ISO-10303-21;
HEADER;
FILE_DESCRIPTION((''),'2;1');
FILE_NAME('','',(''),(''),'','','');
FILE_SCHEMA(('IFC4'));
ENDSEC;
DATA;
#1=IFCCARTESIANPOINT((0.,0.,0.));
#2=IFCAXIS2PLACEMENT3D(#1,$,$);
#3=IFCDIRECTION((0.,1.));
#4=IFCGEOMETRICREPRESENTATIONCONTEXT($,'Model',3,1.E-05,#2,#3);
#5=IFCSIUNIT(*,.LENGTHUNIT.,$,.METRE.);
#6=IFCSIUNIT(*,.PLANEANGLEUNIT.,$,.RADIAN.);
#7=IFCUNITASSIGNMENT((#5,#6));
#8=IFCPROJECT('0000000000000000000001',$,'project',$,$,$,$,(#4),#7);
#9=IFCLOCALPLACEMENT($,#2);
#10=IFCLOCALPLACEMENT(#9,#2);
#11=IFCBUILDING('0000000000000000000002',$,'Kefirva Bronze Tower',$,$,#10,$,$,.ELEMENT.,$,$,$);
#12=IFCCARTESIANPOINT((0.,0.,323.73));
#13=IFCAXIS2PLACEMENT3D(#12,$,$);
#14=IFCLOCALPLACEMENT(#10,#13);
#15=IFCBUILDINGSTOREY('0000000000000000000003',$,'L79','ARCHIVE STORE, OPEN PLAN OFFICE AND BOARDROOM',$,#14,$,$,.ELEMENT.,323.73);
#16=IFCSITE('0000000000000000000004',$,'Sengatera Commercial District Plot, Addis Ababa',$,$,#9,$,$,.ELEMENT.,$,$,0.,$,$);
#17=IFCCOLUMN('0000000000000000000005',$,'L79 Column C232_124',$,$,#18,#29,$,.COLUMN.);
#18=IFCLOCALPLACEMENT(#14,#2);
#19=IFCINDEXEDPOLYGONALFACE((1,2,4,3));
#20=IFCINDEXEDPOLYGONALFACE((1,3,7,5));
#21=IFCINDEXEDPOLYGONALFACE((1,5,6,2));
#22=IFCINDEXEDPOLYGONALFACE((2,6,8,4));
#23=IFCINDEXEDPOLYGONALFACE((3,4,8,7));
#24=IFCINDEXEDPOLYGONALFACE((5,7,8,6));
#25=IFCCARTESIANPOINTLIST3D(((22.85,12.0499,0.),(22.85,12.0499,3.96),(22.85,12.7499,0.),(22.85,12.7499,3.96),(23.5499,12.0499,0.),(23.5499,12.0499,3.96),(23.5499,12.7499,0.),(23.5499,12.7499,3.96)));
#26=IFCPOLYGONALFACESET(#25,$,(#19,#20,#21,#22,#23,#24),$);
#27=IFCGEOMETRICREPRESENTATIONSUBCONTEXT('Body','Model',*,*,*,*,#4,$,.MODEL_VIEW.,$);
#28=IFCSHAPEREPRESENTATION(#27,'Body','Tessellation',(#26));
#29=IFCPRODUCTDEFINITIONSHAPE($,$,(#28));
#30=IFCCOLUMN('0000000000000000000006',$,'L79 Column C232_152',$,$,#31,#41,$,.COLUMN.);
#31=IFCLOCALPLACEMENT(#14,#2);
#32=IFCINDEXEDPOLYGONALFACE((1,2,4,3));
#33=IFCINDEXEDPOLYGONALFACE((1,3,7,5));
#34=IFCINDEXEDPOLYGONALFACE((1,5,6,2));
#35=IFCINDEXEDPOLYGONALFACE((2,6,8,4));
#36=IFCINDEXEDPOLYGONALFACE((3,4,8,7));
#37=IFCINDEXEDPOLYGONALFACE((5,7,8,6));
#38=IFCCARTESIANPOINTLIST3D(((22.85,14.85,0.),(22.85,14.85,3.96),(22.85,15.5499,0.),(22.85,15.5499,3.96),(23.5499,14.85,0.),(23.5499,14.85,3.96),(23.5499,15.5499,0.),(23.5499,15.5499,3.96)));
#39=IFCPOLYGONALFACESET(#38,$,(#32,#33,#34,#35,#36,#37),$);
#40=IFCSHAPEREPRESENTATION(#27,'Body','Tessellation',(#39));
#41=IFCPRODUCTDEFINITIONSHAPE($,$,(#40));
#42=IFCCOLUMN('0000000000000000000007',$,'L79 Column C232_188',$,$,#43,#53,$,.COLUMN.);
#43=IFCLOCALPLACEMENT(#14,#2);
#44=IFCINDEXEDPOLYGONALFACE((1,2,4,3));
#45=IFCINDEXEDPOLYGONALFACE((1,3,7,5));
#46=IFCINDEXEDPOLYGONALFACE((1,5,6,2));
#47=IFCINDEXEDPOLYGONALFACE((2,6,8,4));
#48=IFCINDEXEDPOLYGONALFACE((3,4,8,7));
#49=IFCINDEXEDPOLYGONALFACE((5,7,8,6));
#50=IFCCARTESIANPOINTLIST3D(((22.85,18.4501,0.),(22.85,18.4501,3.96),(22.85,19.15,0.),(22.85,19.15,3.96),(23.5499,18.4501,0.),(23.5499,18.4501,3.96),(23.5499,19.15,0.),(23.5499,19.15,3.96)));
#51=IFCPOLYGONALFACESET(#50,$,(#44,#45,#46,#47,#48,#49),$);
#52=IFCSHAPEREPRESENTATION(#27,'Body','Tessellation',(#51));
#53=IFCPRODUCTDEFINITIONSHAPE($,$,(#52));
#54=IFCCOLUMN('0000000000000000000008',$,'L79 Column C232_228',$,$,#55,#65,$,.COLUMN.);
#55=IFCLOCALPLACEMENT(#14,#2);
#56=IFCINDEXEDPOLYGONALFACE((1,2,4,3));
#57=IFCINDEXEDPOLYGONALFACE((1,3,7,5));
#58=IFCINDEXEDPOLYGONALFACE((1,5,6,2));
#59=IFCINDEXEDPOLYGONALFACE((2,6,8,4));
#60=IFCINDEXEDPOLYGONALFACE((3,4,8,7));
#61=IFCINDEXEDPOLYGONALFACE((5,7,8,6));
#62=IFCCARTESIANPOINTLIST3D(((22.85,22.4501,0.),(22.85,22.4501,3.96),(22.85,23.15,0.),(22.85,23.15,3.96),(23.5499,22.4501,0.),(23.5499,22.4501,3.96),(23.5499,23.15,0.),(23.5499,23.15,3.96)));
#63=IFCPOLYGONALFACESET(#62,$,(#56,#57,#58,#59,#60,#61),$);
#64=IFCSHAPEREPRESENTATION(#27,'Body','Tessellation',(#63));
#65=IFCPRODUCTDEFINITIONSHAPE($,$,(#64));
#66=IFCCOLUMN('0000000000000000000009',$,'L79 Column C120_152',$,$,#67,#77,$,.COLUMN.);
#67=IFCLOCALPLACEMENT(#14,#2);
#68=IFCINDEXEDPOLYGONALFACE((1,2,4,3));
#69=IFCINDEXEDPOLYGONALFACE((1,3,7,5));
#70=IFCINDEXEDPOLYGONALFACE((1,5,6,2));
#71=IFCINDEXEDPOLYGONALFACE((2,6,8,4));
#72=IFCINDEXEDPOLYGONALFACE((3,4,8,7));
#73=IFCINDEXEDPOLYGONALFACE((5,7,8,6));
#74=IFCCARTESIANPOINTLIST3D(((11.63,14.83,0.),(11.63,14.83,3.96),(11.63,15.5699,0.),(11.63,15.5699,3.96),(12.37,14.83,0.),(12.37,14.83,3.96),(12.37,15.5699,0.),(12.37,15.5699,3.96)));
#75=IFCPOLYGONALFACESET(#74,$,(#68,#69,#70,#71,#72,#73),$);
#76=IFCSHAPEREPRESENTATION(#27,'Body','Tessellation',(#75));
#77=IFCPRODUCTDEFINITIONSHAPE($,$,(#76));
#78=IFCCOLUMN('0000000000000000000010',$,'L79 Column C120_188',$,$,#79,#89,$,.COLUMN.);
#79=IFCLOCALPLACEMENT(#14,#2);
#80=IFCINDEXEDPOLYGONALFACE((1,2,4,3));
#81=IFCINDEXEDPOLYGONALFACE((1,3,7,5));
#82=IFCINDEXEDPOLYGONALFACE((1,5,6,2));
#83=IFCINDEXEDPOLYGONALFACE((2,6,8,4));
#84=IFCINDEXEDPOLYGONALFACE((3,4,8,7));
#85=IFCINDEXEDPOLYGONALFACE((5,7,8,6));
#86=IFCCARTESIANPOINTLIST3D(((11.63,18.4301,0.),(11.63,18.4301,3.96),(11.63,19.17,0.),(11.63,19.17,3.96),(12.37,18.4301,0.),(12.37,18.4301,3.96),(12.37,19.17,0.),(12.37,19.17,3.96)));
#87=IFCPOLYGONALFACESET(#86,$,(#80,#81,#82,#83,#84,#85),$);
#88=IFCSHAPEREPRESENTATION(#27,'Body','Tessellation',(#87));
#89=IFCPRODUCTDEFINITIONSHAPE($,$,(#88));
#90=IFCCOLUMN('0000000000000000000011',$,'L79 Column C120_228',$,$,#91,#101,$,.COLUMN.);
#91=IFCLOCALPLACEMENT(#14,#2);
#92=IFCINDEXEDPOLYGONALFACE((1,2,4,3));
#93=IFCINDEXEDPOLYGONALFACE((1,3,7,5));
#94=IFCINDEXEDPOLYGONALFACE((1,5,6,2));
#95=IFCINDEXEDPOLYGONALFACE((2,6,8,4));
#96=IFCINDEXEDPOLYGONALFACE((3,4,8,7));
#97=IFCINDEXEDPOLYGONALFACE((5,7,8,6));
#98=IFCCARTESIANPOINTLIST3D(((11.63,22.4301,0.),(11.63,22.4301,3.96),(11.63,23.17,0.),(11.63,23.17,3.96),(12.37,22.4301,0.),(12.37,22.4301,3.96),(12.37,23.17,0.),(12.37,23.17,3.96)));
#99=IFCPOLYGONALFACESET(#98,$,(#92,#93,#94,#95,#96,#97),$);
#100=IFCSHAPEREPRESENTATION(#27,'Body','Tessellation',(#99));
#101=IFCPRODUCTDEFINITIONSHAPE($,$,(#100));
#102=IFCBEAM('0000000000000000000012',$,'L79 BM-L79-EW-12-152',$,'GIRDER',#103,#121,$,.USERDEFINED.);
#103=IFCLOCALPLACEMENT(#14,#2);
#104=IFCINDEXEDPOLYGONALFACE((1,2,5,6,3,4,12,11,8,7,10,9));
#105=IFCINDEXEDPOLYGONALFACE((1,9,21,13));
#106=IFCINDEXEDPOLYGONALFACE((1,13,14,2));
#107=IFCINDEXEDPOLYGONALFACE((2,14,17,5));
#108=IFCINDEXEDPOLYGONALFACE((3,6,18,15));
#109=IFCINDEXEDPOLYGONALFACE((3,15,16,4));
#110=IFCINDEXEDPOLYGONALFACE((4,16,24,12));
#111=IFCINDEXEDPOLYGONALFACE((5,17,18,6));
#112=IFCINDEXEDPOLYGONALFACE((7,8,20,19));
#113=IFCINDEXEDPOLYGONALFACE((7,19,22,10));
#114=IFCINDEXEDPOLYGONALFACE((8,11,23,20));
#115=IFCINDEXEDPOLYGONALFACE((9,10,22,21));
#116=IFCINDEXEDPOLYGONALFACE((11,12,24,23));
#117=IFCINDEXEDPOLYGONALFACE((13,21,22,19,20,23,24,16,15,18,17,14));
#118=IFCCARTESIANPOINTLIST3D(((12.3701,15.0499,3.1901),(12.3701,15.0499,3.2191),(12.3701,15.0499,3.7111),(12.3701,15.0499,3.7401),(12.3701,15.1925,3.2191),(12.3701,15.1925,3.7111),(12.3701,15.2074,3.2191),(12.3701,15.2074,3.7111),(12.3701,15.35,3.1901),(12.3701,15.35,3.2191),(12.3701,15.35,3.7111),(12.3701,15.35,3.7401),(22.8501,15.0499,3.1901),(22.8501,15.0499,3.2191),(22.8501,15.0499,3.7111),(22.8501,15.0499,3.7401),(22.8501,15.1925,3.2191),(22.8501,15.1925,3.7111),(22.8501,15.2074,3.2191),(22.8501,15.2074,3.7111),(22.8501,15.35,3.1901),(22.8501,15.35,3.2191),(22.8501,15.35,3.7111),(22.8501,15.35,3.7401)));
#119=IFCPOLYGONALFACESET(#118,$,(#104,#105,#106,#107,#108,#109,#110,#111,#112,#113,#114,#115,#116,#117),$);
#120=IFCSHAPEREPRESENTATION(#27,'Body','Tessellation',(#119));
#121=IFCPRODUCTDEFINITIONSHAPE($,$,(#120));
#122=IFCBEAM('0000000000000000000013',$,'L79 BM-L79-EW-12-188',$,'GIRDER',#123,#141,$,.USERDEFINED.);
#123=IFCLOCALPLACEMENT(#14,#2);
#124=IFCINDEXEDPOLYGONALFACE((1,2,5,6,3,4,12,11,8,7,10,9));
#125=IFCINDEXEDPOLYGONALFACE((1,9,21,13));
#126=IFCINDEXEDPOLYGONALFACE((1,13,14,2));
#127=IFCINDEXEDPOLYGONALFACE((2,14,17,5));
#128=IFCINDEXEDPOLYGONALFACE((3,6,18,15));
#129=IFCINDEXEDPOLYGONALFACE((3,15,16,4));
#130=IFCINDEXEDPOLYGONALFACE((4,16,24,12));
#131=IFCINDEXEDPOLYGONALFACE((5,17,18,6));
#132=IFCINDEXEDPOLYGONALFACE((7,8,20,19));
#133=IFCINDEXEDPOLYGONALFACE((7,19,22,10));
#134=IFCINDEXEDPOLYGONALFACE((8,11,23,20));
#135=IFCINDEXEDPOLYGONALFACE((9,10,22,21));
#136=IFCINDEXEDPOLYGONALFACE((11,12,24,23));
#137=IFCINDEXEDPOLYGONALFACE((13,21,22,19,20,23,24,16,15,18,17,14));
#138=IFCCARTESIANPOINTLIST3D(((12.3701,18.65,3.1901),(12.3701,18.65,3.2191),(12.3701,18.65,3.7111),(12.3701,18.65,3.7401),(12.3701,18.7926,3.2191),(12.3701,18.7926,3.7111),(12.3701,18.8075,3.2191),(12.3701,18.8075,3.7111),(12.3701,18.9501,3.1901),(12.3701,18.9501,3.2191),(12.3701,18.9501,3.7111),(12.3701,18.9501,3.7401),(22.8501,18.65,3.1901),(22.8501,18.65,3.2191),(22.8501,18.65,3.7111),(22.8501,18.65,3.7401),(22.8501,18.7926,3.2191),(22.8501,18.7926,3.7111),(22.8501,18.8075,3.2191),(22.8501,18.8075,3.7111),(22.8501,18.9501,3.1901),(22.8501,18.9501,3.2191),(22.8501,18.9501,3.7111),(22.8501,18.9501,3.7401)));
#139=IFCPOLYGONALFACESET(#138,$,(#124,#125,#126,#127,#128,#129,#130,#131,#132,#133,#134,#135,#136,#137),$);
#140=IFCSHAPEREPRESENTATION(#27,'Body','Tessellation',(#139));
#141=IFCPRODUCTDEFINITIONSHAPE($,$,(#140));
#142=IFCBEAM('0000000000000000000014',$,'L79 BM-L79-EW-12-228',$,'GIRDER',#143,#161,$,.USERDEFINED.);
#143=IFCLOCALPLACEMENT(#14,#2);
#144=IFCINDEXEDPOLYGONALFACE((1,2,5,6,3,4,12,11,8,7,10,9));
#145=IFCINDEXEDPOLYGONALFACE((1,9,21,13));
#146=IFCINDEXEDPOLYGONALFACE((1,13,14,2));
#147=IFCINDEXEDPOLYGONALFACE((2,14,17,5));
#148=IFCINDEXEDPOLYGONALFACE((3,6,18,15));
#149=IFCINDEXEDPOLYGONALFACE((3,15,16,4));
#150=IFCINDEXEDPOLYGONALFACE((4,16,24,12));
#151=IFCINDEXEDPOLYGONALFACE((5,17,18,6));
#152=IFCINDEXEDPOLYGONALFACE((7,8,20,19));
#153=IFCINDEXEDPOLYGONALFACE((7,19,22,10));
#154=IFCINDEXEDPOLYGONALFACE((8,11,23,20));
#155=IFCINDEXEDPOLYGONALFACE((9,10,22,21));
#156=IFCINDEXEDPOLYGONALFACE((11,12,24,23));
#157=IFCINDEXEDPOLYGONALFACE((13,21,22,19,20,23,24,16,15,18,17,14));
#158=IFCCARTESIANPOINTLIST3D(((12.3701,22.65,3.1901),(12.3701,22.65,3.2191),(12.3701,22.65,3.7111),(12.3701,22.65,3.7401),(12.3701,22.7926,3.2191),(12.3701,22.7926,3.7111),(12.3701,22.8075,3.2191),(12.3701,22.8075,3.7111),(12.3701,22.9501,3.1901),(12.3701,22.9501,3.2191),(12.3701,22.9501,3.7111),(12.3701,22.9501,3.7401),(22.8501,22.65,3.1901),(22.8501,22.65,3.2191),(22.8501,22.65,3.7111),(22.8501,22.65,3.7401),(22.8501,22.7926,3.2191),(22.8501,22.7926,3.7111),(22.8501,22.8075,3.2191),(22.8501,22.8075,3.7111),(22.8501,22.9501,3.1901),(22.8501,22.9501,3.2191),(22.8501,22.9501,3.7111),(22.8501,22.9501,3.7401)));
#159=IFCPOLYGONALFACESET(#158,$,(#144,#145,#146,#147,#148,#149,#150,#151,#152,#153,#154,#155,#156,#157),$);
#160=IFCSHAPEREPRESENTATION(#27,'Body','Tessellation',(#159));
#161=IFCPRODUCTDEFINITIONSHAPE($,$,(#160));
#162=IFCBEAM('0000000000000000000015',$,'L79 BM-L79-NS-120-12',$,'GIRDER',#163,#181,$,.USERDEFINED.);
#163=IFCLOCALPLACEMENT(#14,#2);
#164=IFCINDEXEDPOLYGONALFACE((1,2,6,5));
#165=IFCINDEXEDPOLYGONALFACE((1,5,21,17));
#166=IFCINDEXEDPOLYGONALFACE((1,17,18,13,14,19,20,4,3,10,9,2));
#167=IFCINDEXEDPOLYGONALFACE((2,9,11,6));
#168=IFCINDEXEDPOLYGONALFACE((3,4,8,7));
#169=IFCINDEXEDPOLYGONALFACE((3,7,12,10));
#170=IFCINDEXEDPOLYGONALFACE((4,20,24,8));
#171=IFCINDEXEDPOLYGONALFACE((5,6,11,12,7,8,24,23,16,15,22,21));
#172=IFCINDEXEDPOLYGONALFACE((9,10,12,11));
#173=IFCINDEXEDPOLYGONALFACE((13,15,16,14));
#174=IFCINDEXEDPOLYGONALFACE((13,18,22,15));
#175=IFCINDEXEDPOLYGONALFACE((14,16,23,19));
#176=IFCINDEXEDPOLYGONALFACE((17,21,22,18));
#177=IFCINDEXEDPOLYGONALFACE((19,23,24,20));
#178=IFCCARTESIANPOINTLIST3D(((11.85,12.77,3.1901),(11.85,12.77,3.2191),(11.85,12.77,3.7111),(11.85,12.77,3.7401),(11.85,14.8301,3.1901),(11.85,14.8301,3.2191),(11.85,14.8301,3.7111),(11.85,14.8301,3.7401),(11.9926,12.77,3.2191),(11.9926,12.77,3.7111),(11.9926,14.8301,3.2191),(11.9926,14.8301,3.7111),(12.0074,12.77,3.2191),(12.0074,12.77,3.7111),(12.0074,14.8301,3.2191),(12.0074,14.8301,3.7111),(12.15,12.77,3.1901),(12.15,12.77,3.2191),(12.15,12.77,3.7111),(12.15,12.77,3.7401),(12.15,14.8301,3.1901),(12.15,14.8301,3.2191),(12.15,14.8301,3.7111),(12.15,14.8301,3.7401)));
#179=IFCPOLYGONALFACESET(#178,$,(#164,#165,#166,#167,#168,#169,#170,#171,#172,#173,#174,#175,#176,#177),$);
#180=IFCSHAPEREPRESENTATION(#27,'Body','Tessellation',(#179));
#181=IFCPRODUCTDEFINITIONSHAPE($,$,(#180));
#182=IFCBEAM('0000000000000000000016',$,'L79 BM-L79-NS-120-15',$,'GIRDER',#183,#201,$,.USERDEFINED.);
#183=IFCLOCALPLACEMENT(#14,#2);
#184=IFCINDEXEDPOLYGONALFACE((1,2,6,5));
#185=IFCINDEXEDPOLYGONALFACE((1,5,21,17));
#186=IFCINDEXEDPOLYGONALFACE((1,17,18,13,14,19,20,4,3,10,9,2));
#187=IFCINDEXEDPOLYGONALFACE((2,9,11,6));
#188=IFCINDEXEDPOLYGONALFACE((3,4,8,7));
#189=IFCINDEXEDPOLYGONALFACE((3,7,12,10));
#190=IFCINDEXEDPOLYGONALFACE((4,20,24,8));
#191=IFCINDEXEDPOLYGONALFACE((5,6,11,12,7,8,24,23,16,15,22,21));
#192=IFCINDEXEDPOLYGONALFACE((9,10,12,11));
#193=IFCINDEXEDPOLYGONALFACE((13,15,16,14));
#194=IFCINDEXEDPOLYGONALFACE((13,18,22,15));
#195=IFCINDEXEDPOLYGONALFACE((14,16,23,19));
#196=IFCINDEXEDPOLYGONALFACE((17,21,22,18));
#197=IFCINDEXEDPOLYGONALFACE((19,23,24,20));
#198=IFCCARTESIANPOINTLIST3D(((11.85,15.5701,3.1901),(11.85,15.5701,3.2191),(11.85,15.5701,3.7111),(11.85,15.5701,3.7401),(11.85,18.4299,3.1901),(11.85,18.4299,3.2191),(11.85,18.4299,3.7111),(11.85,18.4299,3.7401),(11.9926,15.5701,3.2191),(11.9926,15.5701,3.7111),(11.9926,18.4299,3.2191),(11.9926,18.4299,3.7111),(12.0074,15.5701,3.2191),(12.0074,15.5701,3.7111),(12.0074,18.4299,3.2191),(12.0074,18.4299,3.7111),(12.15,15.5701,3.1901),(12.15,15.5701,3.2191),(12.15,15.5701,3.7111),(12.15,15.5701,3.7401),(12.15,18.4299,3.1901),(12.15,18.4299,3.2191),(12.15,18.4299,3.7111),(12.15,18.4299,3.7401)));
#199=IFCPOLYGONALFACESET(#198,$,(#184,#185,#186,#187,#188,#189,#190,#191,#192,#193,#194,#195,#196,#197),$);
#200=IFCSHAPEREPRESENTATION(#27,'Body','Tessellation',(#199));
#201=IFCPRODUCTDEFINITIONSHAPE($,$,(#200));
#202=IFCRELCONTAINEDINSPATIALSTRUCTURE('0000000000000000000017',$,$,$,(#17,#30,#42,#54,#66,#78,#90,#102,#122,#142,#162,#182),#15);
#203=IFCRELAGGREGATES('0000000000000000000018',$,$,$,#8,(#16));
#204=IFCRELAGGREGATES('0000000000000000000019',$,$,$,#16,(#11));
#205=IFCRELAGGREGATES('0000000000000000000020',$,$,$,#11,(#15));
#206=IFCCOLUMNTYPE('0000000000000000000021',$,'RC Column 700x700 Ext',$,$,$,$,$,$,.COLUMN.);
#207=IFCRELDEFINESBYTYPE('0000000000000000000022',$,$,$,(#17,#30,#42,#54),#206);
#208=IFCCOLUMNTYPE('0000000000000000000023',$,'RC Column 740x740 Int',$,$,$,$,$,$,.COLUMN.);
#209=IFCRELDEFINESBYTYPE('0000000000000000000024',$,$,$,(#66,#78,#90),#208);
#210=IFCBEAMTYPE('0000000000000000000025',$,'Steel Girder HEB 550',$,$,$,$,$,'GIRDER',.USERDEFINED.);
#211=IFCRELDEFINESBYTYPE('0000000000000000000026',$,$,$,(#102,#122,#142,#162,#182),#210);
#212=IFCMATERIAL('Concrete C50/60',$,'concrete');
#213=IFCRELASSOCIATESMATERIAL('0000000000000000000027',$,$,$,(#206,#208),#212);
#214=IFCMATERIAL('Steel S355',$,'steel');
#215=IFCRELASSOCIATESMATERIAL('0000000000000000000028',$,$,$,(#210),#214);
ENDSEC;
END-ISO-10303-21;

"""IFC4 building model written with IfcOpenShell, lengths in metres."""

from ifc_helpers import new_model, si_unit, direction, frame, origin, origin_2d, place, context, subcontext, project, spatial, rectangle, i_section, extrude, material, material_profile, profile_set, type_object, element, save


model = new_model("IFC4")

# Units and contexts
model_context = context("Model", 3, precision=1e-05, world=origin(), true_north=direction((0.0, 1.0)))
body_context = subcontext(model_context, "Body", "Model", "MODEL_VIEW")
ifc_project = project(units=[si_unit("LENGTHUNIT", "METRE"), si_unit("PLANEANGLEUNIT", "RADIAN")], contexts=[model_context])

# Site, building, storey
site_placement = place(None, origin())
site = spatial("IfcSite", under=ifc_project, at=site_placement, Name="Sengatera Commercial District Plot, Addis Ababa", CompositionType="ELEMENT", RefElevation=0.0)
building_placement = place(site_placement, origin())
building = spatial("IfcBuilding", under=site, at=building_placement, Name="Kefirva Bronze Tower", CompositionType="ELEMENT")
storey_placement = place(building_placement, frame((0.0, 0.0, 323.73)))
storey = spatial("IfcBuildingStorey", under=building, at=storey_placement, Name="L79", Description="ARCHIVE STORE, OPEN PLAN OFFICE AND BOARDROOM", CompositionType="ELEMENT", Elevation=323.73)

# Columns
ifc_material_1 = material(Name="Concrete C50/60", Category="concrete")
ifc_material_profile_1 = material_profile(ifc_material_1, rectangle(XDim=0.7, YDim=0.7, at=origin_2d()), Name="RC 700x700")
ifc_profile_set_1 = profile_set([ifc_material_profile_1], Name="Concrete C50/60")
column_type_1 = type_object("IfcColumnType", Name="RC Column 700x700 Ext", PredefinedType="COLUMN", material=ifc_profile_set_1)
for number, where, z_axis, x_axis, name in (
    (1, (23.2, 12.3999, 0.0), (0.0, 0.0, 1.0), (1.0, 0.0, 0.0), "L79 Column C232_124"),
    (2, (23.2, 15.2, 0.0), (0.0, 0.0, 1.0), (1.0, 0.0, 0.0), "L79 Column C232_152"),
    (3, (23.2, 18.8, 0.0), (0.0, 0.0, 1.0), (1.0, 0.0, 0.0), "L79 Column C232_188"),
    (4, (23.2, 22.8, 0.0), (0.0, 0.0, 1.0), (1.0, 0.0, 0.0), "L79 Column C232_228"),
):
    element("IfcColumn", number, at=place(storey_placement, frame(where, z_axis=z_axis, x_axis=x_axis)), inside=storey, type_object=column_type_1, Name=name, PredefinedType="COLUMN", context=body_context, shape_type="SweptSolid", body=[
        extrude(rectangle(XDim=0.7, YDim=0.7, at=origin_2d()), origin(), (0.0, 0.0, 1.0), 3.96),
    ])
ifc_material_profile_2 = material_profile(ifc_material_1, rectangle(XDim=0.74, YDim=0.74, at=origin_2d()), Name="RC 740x740")
ifc_profile_set_2 = profile_set([ifc_material_profile_2], Name="Concrete C50/60")
column_type_2 = type_object("IfcColumnType", Name="RC Column 740x740 Int", PredefinedType="COLUMN", material=ifc_profile_set_2)
for number, where, z_axis, x_axis, name in (
    (5, (12.0, 15.2, 0.0), (0.0, 0.0, 1.0), (1.0, 0.0, 0.0), "L79 Column C120_152"),
    (6, (12.0, 18.8, 0.0), (0.0, 0.0, 1.0), (1.0, 0.0, 0.0), "L79 Column C120_188"),
    (7, (12.0, 22.8, 0.0), (0.0, 0.0, 1.0), (1.0, 0.0, 0.0), "L79 Column C120_228"),
):
    element("IfcColumn", number, at=place(storey_placement, frame(where, z_axis=z_axis, x_axis=x_axis)), inside=storey, type_object=column_type_2, Name=name, PredefinedType="COLUMN", context=body_context, shape_type="SweptSolid", body=[
        extrude(rectangle(XDim=0.74, YDim=0.74, at=origin_2d()), origin(), (0.0, 0.0, 1.0), 3.96),
    ])

# Beams
ifc_material_2 = material(Name="Steel S355", Category="steel")
ifc_material_profile_3 = material_profile(ifc_material_2, i_section(OverallWidth=0.3, OverallDepth=0.55, WebThickness=0.0149, FlangeThickness=0.0291, at=origin_2d()), Name="HEB 550")
ifc_profile_set_3 = profile_set([ifc_material_profile_3], Name="Steel S355")
beam_type_1 = type_object("IfcBeamType", Name="Steel Girder HEB 550", ElementType="GIRDER", PredefinedType="USERDEFINED", material=ifc_profile_set_3)
for number, where, z_axis, x_axis, name in (
    (8, (12.3701, 15.2, 3.4651), (1.0, 0.0, 0.0), (0.0, 1.0, 0.0), "L79 BM-L79-EW-12-152"),
    (9, (12.3701, 18.8, 3.4651), (1.0, 0.0, 0.0), (0.0, 1.0, 0.0), "L79 BM-L79-EW-12-188"),
    (10, (12.3701, 22.8, 3.4651), (1.0, 0.0, 0.0), (0.0, 1.0, 0.0), "L79 BM-L79-EW-12-228"),
):
    element("IfcBeam", number, at=place(storey_placement, frame(where, z_axis=z_axis, x_axis=x_axis)), inside=storey, type_object=beam_type_1, Name=name, ObjectType="GIRDER", PredefinedType="USERDEFINED", context=body_context, shape_type="SweptSolid", body=[
        extrude(i_section(OverallWidth=0.3, OverallDepth=0.55, WebThickness=0.0149, FlangeThickness=0.0291, at=origin_2d()), origin(), (0.0, 0.0, 1.0), 10.48),
    ])
beam_1_placement = place(storey_placement, frame((12.0, 12.77, 3.4651), z_axis=(0.0, 1.0, 0.0), x_axis=(-1.0, 0.0, 0.0)))
element("IfcBeam", 11, at=beam_1_placement, inside=storey, type_object=beam_type_1, Name="L79 BM-L79-NS-120-12", ObjectType="GIRDER", PredefinedType="USERDEFINED", context=body_context, shape_type="SweptSolid", body=[
    extrude(i_section(OverallWidth=0.3, OverallDepth=0.55, WebThickness=0.0149, FlangeThickness=0.0291, at=origin_2d()), origin(), (0.0, 0.0, 1.0), 2.0601),
])
beam_2_placement = place(storey_placement, frame((12.0, 15.5701, 3.4651), z_axis=(0.0, 1.0, 0.0), x_axis=(-1.0, 0.0, 0.0)))
element("IfcBeam", 12, at=beam_2_placement, inside=storey, type_object=beam_type_1, Name="L79 BM-L79-NS-120-15", ObjectType="GIRDER", PredefinedType="USERDEFINED", context=body_context, shape_type="SweptSolid", body=[
    extrude(i_section(OverallWidth=0.3, OverallDepth=0.55, WebThickness=0.0149, FlangeThickness=0.0291, at=origin_2d()), origin(), (0.0, 0.0, 1.0), 2.8599),
])

save(model, "model.ifc")
